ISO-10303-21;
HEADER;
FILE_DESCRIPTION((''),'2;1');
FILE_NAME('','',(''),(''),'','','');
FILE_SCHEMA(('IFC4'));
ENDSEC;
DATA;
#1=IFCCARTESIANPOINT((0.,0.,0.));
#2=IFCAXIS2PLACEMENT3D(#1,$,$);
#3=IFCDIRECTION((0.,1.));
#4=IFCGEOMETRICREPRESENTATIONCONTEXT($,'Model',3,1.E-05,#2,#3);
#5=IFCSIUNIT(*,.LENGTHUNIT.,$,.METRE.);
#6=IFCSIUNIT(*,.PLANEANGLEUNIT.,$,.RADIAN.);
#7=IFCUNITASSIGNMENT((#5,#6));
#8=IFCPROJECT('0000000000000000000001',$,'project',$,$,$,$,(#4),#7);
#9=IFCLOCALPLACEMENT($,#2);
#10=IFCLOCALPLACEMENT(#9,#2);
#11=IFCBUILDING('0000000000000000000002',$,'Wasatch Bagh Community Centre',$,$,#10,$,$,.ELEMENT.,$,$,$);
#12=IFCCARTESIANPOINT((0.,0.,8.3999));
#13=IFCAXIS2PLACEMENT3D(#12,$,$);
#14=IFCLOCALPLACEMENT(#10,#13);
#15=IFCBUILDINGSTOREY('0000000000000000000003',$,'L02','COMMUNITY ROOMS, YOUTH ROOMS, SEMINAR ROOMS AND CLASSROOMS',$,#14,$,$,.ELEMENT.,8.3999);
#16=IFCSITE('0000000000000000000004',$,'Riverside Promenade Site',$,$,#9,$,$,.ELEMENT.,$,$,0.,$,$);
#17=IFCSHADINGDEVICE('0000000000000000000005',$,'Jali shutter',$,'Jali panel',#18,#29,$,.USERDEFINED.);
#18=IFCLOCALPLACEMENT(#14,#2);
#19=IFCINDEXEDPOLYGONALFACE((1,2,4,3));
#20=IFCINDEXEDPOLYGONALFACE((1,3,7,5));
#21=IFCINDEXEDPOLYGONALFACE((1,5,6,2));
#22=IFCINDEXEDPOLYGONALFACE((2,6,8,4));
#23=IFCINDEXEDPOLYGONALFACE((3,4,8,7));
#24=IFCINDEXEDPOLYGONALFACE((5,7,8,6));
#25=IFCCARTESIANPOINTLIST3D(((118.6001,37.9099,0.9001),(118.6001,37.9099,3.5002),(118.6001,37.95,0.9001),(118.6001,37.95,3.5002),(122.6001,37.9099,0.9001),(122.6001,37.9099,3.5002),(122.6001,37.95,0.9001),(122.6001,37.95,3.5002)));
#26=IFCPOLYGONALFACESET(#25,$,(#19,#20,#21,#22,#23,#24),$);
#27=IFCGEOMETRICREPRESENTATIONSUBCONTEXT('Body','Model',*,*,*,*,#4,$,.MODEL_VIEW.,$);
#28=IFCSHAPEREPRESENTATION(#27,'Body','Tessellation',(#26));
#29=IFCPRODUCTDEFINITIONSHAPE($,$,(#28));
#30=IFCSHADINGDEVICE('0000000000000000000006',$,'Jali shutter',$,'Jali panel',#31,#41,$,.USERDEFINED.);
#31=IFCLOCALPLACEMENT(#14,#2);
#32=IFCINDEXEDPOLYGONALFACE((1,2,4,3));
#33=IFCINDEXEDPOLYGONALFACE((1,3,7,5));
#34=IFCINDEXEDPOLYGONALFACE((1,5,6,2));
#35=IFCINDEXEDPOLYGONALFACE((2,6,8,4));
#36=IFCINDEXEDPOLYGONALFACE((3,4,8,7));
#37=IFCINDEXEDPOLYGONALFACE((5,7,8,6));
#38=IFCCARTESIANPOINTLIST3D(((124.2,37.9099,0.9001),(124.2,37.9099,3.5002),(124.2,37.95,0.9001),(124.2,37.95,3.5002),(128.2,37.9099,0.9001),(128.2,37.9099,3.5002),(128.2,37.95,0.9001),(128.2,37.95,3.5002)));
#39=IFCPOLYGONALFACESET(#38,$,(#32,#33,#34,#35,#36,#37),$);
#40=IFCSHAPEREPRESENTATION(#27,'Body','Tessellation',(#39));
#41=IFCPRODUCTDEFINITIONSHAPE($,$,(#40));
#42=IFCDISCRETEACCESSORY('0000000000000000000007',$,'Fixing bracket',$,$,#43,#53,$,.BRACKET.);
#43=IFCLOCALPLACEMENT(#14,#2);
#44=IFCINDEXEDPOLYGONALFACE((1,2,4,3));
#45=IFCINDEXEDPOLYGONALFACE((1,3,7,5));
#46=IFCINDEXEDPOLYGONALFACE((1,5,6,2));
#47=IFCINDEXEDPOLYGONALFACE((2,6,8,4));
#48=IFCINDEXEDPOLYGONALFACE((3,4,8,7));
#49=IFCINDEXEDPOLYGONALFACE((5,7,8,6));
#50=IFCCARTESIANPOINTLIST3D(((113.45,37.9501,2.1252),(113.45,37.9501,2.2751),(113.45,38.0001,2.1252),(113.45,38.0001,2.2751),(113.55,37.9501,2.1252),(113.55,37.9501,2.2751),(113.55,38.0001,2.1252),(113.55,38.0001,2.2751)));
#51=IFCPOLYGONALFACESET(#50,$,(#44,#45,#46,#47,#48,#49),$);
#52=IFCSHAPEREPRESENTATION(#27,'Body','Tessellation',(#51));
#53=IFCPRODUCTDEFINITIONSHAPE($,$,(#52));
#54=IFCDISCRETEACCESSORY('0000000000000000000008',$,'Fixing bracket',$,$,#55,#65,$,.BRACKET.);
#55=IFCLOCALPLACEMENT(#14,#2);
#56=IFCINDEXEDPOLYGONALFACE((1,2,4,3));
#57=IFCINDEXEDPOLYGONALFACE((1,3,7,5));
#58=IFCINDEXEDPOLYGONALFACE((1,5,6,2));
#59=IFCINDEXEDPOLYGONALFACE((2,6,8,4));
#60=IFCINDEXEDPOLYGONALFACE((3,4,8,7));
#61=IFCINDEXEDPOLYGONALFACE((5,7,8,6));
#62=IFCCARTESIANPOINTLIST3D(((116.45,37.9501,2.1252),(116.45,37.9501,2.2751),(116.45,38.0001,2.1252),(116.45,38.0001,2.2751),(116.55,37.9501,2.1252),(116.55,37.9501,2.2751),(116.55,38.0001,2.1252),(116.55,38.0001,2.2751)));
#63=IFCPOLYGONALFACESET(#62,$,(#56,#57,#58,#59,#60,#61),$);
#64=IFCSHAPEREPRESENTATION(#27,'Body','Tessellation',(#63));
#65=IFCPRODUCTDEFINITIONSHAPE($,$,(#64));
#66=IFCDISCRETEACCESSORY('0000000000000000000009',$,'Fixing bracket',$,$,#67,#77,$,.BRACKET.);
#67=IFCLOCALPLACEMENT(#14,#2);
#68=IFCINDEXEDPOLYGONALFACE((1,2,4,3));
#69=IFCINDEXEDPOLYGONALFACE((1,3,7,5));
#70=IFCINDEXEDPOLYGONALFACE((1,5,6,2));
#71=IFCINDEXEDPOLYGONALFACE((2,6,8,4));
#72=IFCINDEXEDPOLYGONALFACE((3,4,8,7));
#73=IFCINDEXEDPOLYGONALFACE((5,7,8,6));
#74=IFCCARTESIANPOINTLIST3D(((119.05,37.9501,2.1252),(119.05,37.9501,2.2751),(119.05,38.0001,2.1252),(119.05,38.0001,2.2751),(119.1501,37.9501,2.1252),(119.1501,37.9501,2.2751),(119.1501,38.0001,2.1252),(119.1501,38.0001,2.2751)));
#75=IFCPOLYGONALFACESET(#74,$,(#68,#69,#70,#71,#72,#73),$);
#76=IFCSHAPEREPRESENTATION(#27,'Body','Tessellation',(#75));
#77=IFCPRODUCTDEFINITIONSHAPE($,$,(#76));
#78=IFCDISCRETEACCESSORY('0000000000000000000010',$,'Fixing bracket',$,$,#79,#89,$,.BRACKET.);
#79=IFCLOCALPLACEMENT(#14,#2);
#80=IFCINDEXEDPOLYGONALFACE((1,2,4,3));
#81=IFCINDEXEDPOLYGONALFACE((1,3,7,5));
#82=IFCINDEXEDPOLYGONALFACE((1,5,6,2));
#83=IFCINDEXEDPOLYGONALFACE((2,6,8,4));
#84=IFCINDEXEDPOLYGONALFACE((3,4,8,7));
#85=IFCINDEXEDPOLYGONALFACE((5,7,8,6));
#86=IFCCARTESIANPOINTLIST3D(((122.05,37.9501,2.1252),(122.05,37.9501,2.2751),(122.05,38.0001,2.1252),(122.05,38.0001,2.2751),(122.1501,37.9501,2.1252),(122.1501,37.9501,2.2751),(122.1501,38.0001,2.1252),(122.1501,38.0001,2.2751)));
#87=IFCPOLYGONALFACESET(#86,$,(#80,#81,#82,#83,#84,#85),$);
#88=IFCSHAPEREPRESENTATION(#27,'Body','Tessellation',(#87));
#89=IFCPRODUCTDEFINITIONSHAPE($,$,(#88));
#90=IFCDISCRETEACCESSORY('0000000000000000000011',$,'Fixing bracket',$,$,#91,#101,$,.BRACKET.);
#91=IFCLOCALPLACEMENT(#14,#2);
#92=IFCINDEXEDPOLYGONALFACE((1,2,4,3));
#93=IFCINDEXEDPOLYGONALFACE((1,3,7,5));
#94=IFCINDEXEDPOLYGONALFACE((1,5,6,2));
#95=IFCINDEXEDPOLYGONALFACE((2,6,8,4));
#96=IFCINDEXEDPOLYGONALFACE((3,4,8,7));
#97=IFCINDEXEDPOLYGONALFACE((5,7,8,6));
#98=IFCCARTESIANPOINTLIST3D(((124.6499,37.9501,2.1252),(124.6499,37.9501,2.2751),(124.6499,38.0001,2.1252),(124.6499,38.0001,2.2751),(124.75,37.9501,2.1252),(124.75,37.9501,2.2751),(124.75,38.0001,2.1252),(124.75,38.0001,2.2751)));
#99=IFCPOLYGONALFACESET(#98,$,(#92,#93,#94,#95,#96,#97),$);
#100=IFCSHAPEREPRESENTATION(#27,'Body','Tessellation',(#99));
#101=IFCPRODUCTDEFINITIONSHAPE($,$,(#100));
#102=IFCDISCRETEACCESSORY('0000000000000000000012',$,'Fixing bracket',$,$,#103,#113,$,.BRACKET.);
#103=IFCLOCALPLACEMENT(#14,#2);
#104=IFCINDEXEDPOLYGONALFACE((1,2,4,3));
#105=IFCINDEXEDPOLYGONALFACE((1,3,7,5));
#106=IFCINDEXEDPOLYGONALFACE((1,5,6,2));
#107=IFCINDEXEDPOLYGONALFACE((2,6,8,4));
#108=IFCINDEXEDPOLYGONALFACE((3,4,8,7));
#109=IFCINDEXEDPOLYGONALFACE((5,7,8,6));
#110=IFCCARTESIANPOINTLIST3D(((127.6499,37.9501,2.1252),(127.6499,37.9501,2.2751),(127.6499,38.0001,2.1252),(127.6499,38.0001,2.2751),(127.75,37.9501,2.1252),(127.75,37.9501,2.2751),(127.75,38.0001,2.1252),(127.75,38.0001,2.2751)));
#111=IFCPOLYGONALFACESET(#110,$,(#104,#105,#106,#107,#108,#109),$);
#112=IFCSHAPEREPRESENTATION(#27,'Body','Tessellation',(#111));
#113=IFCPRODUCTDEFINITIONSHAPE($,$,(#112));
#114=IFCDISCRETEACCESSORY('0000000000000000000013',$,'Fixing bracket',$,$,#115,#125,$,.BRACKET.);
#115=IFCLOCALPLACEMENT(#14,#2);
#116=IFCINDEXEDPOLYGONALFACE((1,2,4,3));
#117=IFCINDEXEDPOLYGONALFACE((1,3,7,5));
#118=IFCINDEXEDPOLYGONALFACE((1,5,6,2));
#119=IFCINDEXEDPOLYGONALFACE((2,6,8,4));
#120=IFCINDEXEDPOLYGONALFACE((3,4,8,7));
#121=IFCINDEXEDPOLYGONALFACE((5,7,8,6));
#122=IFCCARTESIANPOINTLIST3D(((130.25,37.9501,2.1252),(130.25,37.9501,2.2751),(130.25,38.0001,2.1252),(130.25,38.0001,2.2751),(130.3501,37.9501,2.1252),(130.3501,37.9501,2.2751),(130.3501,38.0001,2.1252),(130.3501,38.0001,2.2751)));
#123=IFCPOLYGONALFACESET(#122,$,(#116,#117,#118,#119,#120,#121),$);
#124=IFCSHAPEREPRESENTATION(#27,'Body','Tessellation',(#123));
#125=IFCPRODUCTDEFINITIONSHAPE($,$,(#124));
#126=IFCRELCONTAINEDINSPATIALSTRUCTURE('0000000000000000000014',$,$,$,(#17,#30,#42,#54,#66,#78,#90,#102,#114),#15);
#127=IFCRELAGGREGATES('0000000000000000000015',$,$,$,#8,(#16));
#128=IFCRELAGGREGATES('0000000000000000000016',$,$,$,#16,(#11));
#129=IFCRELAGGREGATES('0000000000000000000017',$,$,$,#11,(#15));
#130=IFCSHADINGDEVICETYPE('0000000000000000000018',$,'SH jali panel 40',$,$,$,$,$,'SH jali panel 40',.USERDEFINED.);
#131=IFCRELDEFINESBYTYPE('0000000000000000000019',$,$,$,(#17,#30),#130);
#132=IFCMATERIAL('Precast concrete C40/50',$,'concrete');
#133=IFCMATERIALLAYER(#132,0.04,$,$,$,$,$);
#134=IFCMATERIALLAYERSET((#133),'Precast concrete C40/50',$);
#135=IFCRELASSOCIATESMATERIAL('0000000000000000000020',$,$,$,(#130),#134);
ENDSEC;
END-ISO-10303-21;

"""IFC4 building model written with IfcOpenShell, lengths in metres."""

from ifc_helpers import new_model, si_unit, direction, frame, origin, origin_2d, place, context, subcontext, project, spatial, rectangle, extrude, material, layer, layer_set, type_object, element, save


model = new_model("IFC4")

# Units and contexts
model_context = context("Model", 3, precision=1e-05, world=origin(), true_north=direction((0.0, 1.0)))
body_context = subcontext(model_context, "Body", "Model", "MODEL_VIEW")
ifc_project = project(units=[si_unit("LENGTHUNIT", "METRE"), si_unit("PLANEANGLEUNIT", "RADIAN")], contexts=[model_context])

# Site, building, storey
site_placement = place(None, origin())
site = spatial("IfcSite", under=ifc_project, at=site_placement, Name="Riverside Promenade Site", CompositionType="ELEMENT", RefElevation=0.0)
building_placement = place(site_placement, origin())
building = spatial("IfcBuilding", under=site, at=building_placement, Name="Wasatch Bagh Community Centre", CompositionType="ELEMENT")
storey_placement = place(building_placement, frame((0.0, 0.0, 8.3999)))
storey = spatial("IfcBuildingStorey", under=building, at=storey_placement, Name="L02", Description="COMMUNITY ROOMS, YOUTH ROOMS, SEMINAR ROOMS AND CLASSROOMS", CompositionType="ELEMENT", Elevation=8.3999)

# Shading devices
ifc_material_1 = material(Name="Precast concrete C40/50", Category="concrete")
ifc_layer_1 = layer(ifc_material_1, 0.04)
ifc_layer_set_1 = layer_set([ifc_layer_1], Name="Precast concrete C40/50")
shading_device_type = type_object("IfcShadingDeviceType", Name="SH jali panel 40", ElementType="SH jali panel 40", PredefinedType="USERDEFINED", material=ifc_layer_set_1)
for number, where, z_axis, x_axis, name in (
    (1, (120.6001, 37.9299, 0.9001), (0.0, 0.0, 1.0), (1.0, 0.0, 0.0), "Jali shutter"),
    (2, (126.2, 37.9299, 0.9001), (0.0, 0.0, 1.0), (1.0, 0.0, 0.0), "Jali shutter"),
):
    element("IfcShadingDevice", number, at=place(storey_placement, frame(where, z_axis=z_axis, x_axis=x_axis)), inside=storey, type_object=shading_device_type, Name=name, ObjectType="Jali panel", PredefinedType="USERDEFINED", context=body_context, shape_type="SweptSolid", body=[
        extrude(rectangle(XDim=4.0, YDim=0.04, at=origin_2d()), origin(), (0.0, 0.0, 1.0), 2.6001),
    ])

# Discrete accessories
for number, where, z_axis, x_axis, name in (
    (3, (113.5, 37.9751, 2.1252), (0.0, 0.0, 1.0), (1.0, 0.0, 0.0), "Fixing bracket"),
    (4, (116.5, 37.9751, 2.1252), (0.0, 0.0, 1.0), (1.0, 0.0, 0.0), "Fixing bracket"),
    (5, (119.1001, 37.9751, 2.1252), (0.0, 0.0, 1.0), (1.0, 0.0, 0.0), "Fixing bracket"),
    (6, (122.1001, 37.9751, 2.1252), (0.0, 0.0, 1.0), (1.0, 0.0, 0.0), "Fixing bracket"),
    (7, (124.7, 37.9751, 2.1252), (0.0, 0.0, 1.0), (1.0, 0.0, 0.0), "Fixing bracket"),
    (8, (127.7, 37.9751, 2.1252), (0.0, 0.0, 1.0), (1.0, 0.0, 0.0), "Fixing bracket"),
    (9, (130.3, 37.9751, 2.1252), (0.0, 0.0, 1.0), (1.0, 0.0, 0.0), "Fixing bracket"),
):
    element("IfcDiscreteAccessory", number, at=place(storey_placement, frame(where, z_axis=z_axis, x_axis=x_axis)), inside=storey, Name=name, PredefinedType="BRACKET", context=body_context, shape_type="SweptSolid", body=[
        extrude(rectangle(XDim=0.1001, YDim=0.05, at=origin_2d()), origin(), (0.0, 0.0, 1.0), 0.1499),
    ])

save(model, "model.ifc")
